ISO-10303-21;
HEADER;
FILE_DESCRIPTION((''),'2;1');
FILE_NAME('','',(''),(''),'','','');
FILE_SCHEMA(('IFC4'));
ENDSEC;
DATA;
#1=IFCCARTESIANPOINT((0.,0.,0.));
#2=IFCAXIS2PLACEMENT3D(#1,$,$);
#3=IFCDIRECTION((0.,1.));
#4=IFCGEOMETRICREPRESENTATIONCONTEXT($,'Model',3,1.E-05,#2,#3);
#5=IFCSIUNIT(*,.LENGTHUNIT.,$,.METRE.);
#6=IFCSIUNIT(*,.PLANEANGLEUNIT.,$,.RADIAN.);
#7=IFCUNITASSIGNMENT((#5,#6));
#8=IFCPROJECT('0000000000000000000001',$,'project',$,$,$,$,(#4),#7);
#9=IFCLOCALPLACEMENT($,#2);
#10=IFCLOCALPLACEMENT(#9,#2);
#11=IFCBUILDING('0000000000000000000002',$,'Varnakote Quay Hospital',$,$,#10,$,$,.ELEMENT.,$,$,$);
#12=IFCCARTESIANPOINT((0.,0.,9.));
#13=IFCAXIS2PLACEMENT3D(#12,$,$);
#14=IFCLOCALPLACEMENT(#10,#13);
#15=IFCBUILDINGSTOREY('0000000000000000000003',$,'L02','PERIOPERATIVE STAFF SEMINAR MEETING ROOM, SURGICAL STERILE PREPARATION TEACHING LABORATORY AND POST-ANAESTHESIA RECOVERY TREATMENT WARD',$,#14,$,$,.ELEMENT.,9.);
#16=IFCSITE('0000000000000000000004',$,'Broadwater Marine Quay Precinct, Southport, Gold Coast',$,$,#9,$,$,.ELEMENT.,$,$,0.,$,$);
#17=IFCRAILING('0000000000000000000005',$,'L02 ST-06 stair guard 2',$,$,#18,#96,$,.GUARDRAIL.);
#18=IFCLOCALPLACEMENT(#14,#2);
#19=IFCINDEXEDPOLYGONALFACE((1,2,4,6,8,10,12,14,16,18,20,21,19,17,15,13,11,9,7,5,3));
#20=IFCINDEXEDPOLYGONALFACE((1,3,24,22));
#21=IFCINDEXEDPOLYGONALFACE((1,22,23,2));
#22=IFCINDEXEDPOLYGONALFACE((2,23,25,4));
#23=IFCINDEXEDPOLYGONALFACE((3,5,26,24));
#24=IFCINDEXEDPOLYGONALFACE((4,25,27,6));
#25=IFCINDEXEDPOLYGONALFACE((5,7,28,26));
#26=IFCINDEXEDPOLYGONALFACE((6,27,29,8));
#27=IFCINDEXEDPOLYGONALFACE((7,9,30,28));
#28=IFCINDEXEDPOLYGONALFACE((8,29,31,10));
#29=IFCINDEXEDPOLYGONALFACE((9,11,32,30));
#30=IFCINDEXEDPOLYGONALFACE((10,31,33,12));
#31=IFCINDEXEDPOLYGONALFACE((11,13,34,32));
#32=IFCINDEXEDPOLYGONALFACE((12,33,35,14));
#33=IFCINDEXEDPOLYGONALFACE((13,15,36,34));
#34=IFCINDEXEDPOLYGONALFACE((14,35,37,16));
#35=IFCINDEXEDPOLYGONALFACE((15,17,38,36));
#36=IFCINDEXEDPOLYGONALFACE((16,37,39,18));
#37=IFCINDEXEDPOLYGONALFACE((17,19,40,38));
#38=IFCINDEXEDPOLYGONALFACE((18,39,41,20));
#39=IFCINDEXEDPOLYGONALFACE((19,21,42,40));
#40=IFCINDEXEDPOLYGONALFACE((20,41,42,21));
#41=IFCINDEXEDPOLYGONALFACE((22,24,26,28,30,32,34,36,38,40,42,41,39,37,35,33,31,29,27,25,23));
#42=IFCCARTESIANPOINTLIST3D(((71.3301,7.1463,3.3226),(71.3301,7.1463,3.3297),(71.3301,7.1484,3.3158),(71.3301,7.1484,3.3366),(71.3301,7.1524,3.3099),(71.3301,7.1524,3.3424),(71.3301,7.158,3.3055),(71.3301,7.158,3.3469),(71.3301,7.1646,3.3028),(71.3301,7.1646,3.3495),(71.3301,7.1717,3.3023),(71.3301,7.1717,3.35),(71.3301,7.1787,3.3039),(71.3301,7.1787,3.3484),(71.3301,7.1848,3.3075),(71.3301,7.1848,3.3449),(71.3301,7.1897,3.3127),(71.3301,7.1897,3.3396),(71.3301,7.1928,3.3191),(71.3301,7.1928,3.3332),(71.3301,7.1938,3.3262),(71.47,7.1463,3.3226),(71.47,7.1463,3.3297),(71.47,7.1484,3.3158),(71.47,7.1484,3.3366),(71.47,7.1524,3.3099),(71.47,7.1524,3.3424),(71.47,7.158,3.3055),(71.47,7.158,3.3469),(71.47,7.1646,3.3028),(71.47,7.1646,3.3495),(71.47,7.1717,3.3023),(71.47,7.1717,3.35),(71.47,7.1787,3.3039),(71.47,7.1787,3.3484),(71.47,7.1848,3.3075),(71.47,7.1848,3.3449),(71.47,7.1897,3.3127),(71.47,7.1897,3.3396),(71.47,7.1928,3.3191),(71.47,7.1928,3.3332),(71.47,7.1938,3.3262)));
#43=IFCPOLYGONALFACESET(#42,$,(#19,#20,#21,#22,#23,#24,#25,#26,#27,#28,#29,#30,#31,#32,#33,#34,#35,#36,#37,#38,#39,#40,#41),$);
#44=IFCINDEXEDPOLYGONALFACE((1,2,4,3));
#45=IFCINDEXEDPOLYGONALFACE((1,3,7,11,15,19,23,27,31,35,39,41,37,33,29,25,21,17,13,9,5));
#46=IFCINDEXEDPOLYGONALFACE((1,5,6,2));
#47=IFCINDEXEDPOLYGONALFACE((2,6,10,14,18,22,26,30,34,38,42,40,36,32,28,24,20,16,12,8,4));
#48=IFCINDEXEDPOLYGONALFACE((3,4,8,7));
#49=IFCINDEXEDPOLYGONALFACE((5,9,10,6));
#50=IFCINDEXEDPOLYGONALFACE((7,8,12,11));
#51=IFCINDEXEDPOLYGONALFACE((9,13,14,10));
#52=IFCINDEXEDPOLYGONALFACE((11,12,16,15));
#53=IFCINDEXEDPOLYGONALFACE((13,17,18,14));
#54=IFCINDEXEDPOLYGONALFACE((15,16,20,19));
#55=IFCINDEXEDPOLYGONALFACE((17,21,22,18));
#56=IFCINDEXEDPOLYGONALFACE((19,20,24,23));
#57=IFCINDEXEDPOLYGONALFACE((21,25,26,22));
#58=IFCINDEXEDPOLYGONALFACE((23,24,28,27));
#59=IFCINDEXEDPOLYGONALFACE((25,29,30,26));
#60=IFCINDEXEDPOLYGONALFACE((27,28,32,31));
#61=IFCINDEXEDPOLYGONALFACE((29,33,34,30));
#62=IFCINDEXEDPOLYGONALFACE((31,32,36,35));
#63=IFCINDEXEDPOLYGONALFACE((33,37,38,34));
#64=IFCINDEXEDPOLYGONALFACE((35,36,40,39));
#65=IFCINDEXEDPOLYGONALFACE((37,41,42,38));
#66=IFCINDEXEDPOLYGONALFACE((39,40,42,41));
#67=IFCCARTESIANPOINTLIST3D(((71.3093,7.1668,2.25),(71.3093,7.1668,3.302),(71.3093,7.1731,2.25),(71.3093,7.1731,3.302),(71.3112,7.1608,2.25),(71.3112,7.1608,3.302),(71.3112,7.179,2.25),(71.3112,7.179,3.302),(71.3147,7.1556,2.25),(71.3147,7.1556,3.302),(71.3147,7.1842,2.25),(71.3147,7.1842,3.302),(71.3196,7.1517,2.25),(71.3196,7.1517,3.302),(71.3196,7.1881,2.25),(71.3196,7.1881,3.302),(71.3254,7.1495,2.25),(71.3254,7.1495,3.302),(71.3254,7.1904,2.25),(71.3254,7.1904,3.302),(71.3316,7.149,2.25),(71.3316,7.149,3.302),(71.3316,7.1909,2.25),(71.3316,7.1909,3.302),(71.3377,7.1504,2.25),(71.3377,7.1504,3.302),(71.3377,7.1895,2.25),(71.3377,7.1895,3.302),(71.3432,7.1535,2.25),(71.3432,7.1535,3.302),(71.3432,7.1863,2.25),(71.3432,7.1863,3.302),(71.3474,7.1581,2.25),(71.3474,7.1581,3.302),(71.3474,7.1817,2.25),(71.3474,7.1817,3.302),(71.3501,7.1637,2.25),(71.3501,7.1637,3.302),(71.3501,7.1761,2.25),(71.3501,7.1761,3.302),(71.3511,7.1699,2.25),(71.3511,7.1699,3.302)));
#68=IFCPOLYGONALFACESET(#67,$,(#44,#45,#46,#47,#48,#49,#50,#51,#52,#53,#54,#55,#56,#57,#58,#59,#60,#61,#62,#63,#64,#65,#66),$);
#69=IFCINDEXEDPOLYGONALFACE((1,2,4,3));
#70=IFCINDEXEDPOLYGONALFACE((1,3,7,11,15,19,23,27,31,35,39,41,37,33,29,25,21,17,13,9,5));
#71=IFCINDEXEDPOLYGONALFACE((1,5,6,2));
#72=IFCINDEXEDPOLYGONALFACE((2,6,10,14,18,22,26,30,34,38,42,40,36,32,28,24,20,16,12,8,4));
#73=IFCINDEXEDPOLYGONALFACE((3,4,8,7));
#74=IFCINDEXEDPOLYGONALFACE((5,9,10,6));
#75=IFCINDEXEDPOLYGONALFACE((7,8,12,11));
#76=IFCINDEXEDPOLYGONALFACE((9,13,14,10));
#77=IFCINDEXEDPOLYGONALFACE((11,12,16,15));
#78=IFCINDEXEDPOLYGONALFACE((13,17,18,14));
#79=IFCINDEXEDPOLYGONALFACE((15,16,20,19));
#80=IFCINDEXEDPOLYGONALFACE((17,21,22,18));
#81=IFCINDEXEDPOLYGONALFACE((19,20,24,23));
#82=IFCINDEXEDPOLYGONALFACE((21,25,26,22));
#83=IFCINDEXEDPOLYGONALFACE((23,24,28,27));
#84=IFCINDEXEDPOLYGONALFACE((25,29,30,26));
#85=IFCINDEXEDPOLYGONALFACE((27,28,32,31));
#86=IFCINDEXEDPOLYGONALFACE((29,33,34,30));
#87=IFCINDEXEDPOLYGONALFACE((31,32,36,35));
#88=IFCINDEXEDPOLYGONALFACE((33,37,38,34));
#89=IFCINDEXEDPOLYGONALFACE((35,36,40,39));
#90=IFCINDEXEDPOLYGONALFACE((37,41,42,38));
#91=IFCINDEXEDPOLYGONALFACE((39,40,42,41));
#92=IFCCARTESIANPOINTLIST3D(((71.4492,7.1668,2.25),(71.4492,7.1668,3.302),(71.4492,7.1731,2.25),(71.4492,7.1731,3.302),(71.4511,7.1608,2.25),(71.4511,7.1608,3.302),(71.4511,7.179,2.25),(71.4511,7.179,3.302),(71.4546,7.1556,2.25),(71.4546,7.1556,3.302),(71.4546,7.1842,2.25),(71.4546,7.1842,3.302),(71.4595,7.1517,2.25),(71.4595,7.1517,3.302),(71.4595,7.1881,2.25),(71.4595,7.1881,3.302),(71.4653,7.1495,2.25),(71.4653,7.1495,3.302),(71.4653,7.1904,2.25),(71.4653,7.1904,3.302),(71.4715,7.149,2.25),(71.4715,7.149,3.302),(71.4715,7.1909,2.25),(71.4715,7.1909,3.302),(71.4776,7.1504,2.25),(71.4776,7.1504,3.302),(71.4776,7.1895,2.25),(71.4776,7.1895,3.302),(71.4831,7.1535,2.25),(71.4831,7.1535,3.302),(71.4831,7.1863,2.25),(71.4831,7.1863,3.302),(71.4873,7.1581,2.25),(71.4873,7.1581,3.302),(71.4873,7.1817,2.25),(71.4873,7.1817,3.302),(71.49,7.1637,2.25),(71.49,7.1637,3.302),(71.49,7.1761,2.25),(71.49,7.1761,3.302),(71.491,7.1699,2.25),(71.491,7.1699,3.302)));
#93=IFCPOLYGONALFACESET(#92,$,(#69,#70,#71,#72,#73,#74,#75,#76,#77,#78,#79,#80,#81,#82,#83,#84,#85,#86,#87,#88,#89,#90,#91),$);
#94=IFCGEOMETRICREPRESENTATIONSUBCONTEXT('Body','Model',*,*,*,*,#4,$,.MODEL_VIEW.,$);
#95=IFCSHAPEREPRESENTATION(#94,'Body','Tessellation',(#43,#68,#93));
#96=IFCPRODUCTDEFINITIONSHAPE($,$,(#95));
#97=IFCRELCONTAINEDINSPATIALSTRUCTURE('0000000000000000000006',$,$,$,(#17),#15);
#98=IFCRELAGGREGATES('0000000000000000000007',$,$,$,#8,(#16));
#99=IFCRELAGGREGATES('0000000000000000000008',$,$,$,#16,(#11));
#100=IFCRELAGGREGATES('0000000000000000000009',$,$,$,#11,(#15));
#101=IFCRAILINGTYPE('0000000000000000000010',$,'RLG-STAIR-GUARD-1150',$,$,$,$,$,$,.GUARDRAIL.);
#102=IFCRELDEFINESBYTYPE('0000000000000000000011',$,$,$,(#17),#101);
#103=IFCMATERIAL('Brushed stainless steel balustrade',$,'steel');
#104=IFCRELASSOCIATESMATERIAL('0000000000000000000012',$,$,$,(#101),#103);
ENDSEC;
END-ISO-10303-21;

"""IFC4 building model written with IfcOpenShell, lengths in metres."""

from ifc_helpers import new_model, si_unit, direction, frame, origin, origin_2d, place, context, subcontext, project, spatial, circle, extrude, material, type_object, element, save


model = new_model("IFC4")

# Units and contexts
model_context = context("Model", 3, precision=1e-05, world=origin(), true_north=direction((0.0, 1.0)))
body_context = subcontext(model_context, "Body", "Model", "MODEL_VIEW")
ifc_project = project(units=[si_unit("LENGTHUNIT", "METRE"), si_unit("PLANEANGLEUNIT", "RADIAN")], contexts=[model_context])

# Site, building, storey
site_placement = place(None, origin())
site = spatial("IfcSite", under=ifc_project, at=site_placement, Name="Broadwater Marine Quay Precinct, Southport, Gold Coast", CompositionType="ELEMENT", RefElevation=0.0)
building_placement = place(site_placement, origin())
building = spatial("IfcBuilding", under=site, at=building_placement, Name="Varnakote Quay Hospital", CompositionType="ELEMENT")
storey_placement = place(building_placement, frame((0.0, 0.0, 9.0)))
storey = spatial("IfcBuildingStorey", under=building, at=storey_placement, Name="L02", Description="PERIOPERATIVE STAFF SEMINAR MEETING ROOM, SURGICAL STERILE PREPARATION TEACHING LABORATORY AND POST-ANAESTHESIA RECOVERY TREATMENT WARD", CompositionType="ELEMENT", Elevation=9.0)

# Railing
ifc_material_1 = material(Name="Brushed stainless steel balustrade", Category="steel")
railing_type_1 = type_object("IfcRailingType", Name="RLG-STAIR-GUARD-1150", PredefinedType="GUARDRAIL", material=ifc_material_1)
railing_1_placement = place(storey_placement, frame((71.3301, 7.1699, 2.25)))
element("IfcRailing", 1, at=railing_1_placement, inside=storey, type_object=railing_type_1, Name="L02 ST-06 stair guard 2", PredefinedType="GUARDRAIL", context=body_context, shape_type="SweptSolid", body=[
    extrude(circle(Radius=0.0239, at=origin_2d()), frame((0.0, 0.0, 1.0762), z_axis=(1.0, 0.0, 0.0), x_axis=(0.0, 1.0, 0.0)), (0.0, 0.0, 1.0), 0.1399),
    extrude(circle(Radius=0.021, at=origin_2d()), origin(), (0.0, 0.0, 1.0), 1.052),
    extrude(circle(Radius=0.021, at=origin_2d()), frame((0.1399, 0.0, 0.0)), (0.0, 0.0, 1.0), 1.052),
])

save(model, "model.ifc")
